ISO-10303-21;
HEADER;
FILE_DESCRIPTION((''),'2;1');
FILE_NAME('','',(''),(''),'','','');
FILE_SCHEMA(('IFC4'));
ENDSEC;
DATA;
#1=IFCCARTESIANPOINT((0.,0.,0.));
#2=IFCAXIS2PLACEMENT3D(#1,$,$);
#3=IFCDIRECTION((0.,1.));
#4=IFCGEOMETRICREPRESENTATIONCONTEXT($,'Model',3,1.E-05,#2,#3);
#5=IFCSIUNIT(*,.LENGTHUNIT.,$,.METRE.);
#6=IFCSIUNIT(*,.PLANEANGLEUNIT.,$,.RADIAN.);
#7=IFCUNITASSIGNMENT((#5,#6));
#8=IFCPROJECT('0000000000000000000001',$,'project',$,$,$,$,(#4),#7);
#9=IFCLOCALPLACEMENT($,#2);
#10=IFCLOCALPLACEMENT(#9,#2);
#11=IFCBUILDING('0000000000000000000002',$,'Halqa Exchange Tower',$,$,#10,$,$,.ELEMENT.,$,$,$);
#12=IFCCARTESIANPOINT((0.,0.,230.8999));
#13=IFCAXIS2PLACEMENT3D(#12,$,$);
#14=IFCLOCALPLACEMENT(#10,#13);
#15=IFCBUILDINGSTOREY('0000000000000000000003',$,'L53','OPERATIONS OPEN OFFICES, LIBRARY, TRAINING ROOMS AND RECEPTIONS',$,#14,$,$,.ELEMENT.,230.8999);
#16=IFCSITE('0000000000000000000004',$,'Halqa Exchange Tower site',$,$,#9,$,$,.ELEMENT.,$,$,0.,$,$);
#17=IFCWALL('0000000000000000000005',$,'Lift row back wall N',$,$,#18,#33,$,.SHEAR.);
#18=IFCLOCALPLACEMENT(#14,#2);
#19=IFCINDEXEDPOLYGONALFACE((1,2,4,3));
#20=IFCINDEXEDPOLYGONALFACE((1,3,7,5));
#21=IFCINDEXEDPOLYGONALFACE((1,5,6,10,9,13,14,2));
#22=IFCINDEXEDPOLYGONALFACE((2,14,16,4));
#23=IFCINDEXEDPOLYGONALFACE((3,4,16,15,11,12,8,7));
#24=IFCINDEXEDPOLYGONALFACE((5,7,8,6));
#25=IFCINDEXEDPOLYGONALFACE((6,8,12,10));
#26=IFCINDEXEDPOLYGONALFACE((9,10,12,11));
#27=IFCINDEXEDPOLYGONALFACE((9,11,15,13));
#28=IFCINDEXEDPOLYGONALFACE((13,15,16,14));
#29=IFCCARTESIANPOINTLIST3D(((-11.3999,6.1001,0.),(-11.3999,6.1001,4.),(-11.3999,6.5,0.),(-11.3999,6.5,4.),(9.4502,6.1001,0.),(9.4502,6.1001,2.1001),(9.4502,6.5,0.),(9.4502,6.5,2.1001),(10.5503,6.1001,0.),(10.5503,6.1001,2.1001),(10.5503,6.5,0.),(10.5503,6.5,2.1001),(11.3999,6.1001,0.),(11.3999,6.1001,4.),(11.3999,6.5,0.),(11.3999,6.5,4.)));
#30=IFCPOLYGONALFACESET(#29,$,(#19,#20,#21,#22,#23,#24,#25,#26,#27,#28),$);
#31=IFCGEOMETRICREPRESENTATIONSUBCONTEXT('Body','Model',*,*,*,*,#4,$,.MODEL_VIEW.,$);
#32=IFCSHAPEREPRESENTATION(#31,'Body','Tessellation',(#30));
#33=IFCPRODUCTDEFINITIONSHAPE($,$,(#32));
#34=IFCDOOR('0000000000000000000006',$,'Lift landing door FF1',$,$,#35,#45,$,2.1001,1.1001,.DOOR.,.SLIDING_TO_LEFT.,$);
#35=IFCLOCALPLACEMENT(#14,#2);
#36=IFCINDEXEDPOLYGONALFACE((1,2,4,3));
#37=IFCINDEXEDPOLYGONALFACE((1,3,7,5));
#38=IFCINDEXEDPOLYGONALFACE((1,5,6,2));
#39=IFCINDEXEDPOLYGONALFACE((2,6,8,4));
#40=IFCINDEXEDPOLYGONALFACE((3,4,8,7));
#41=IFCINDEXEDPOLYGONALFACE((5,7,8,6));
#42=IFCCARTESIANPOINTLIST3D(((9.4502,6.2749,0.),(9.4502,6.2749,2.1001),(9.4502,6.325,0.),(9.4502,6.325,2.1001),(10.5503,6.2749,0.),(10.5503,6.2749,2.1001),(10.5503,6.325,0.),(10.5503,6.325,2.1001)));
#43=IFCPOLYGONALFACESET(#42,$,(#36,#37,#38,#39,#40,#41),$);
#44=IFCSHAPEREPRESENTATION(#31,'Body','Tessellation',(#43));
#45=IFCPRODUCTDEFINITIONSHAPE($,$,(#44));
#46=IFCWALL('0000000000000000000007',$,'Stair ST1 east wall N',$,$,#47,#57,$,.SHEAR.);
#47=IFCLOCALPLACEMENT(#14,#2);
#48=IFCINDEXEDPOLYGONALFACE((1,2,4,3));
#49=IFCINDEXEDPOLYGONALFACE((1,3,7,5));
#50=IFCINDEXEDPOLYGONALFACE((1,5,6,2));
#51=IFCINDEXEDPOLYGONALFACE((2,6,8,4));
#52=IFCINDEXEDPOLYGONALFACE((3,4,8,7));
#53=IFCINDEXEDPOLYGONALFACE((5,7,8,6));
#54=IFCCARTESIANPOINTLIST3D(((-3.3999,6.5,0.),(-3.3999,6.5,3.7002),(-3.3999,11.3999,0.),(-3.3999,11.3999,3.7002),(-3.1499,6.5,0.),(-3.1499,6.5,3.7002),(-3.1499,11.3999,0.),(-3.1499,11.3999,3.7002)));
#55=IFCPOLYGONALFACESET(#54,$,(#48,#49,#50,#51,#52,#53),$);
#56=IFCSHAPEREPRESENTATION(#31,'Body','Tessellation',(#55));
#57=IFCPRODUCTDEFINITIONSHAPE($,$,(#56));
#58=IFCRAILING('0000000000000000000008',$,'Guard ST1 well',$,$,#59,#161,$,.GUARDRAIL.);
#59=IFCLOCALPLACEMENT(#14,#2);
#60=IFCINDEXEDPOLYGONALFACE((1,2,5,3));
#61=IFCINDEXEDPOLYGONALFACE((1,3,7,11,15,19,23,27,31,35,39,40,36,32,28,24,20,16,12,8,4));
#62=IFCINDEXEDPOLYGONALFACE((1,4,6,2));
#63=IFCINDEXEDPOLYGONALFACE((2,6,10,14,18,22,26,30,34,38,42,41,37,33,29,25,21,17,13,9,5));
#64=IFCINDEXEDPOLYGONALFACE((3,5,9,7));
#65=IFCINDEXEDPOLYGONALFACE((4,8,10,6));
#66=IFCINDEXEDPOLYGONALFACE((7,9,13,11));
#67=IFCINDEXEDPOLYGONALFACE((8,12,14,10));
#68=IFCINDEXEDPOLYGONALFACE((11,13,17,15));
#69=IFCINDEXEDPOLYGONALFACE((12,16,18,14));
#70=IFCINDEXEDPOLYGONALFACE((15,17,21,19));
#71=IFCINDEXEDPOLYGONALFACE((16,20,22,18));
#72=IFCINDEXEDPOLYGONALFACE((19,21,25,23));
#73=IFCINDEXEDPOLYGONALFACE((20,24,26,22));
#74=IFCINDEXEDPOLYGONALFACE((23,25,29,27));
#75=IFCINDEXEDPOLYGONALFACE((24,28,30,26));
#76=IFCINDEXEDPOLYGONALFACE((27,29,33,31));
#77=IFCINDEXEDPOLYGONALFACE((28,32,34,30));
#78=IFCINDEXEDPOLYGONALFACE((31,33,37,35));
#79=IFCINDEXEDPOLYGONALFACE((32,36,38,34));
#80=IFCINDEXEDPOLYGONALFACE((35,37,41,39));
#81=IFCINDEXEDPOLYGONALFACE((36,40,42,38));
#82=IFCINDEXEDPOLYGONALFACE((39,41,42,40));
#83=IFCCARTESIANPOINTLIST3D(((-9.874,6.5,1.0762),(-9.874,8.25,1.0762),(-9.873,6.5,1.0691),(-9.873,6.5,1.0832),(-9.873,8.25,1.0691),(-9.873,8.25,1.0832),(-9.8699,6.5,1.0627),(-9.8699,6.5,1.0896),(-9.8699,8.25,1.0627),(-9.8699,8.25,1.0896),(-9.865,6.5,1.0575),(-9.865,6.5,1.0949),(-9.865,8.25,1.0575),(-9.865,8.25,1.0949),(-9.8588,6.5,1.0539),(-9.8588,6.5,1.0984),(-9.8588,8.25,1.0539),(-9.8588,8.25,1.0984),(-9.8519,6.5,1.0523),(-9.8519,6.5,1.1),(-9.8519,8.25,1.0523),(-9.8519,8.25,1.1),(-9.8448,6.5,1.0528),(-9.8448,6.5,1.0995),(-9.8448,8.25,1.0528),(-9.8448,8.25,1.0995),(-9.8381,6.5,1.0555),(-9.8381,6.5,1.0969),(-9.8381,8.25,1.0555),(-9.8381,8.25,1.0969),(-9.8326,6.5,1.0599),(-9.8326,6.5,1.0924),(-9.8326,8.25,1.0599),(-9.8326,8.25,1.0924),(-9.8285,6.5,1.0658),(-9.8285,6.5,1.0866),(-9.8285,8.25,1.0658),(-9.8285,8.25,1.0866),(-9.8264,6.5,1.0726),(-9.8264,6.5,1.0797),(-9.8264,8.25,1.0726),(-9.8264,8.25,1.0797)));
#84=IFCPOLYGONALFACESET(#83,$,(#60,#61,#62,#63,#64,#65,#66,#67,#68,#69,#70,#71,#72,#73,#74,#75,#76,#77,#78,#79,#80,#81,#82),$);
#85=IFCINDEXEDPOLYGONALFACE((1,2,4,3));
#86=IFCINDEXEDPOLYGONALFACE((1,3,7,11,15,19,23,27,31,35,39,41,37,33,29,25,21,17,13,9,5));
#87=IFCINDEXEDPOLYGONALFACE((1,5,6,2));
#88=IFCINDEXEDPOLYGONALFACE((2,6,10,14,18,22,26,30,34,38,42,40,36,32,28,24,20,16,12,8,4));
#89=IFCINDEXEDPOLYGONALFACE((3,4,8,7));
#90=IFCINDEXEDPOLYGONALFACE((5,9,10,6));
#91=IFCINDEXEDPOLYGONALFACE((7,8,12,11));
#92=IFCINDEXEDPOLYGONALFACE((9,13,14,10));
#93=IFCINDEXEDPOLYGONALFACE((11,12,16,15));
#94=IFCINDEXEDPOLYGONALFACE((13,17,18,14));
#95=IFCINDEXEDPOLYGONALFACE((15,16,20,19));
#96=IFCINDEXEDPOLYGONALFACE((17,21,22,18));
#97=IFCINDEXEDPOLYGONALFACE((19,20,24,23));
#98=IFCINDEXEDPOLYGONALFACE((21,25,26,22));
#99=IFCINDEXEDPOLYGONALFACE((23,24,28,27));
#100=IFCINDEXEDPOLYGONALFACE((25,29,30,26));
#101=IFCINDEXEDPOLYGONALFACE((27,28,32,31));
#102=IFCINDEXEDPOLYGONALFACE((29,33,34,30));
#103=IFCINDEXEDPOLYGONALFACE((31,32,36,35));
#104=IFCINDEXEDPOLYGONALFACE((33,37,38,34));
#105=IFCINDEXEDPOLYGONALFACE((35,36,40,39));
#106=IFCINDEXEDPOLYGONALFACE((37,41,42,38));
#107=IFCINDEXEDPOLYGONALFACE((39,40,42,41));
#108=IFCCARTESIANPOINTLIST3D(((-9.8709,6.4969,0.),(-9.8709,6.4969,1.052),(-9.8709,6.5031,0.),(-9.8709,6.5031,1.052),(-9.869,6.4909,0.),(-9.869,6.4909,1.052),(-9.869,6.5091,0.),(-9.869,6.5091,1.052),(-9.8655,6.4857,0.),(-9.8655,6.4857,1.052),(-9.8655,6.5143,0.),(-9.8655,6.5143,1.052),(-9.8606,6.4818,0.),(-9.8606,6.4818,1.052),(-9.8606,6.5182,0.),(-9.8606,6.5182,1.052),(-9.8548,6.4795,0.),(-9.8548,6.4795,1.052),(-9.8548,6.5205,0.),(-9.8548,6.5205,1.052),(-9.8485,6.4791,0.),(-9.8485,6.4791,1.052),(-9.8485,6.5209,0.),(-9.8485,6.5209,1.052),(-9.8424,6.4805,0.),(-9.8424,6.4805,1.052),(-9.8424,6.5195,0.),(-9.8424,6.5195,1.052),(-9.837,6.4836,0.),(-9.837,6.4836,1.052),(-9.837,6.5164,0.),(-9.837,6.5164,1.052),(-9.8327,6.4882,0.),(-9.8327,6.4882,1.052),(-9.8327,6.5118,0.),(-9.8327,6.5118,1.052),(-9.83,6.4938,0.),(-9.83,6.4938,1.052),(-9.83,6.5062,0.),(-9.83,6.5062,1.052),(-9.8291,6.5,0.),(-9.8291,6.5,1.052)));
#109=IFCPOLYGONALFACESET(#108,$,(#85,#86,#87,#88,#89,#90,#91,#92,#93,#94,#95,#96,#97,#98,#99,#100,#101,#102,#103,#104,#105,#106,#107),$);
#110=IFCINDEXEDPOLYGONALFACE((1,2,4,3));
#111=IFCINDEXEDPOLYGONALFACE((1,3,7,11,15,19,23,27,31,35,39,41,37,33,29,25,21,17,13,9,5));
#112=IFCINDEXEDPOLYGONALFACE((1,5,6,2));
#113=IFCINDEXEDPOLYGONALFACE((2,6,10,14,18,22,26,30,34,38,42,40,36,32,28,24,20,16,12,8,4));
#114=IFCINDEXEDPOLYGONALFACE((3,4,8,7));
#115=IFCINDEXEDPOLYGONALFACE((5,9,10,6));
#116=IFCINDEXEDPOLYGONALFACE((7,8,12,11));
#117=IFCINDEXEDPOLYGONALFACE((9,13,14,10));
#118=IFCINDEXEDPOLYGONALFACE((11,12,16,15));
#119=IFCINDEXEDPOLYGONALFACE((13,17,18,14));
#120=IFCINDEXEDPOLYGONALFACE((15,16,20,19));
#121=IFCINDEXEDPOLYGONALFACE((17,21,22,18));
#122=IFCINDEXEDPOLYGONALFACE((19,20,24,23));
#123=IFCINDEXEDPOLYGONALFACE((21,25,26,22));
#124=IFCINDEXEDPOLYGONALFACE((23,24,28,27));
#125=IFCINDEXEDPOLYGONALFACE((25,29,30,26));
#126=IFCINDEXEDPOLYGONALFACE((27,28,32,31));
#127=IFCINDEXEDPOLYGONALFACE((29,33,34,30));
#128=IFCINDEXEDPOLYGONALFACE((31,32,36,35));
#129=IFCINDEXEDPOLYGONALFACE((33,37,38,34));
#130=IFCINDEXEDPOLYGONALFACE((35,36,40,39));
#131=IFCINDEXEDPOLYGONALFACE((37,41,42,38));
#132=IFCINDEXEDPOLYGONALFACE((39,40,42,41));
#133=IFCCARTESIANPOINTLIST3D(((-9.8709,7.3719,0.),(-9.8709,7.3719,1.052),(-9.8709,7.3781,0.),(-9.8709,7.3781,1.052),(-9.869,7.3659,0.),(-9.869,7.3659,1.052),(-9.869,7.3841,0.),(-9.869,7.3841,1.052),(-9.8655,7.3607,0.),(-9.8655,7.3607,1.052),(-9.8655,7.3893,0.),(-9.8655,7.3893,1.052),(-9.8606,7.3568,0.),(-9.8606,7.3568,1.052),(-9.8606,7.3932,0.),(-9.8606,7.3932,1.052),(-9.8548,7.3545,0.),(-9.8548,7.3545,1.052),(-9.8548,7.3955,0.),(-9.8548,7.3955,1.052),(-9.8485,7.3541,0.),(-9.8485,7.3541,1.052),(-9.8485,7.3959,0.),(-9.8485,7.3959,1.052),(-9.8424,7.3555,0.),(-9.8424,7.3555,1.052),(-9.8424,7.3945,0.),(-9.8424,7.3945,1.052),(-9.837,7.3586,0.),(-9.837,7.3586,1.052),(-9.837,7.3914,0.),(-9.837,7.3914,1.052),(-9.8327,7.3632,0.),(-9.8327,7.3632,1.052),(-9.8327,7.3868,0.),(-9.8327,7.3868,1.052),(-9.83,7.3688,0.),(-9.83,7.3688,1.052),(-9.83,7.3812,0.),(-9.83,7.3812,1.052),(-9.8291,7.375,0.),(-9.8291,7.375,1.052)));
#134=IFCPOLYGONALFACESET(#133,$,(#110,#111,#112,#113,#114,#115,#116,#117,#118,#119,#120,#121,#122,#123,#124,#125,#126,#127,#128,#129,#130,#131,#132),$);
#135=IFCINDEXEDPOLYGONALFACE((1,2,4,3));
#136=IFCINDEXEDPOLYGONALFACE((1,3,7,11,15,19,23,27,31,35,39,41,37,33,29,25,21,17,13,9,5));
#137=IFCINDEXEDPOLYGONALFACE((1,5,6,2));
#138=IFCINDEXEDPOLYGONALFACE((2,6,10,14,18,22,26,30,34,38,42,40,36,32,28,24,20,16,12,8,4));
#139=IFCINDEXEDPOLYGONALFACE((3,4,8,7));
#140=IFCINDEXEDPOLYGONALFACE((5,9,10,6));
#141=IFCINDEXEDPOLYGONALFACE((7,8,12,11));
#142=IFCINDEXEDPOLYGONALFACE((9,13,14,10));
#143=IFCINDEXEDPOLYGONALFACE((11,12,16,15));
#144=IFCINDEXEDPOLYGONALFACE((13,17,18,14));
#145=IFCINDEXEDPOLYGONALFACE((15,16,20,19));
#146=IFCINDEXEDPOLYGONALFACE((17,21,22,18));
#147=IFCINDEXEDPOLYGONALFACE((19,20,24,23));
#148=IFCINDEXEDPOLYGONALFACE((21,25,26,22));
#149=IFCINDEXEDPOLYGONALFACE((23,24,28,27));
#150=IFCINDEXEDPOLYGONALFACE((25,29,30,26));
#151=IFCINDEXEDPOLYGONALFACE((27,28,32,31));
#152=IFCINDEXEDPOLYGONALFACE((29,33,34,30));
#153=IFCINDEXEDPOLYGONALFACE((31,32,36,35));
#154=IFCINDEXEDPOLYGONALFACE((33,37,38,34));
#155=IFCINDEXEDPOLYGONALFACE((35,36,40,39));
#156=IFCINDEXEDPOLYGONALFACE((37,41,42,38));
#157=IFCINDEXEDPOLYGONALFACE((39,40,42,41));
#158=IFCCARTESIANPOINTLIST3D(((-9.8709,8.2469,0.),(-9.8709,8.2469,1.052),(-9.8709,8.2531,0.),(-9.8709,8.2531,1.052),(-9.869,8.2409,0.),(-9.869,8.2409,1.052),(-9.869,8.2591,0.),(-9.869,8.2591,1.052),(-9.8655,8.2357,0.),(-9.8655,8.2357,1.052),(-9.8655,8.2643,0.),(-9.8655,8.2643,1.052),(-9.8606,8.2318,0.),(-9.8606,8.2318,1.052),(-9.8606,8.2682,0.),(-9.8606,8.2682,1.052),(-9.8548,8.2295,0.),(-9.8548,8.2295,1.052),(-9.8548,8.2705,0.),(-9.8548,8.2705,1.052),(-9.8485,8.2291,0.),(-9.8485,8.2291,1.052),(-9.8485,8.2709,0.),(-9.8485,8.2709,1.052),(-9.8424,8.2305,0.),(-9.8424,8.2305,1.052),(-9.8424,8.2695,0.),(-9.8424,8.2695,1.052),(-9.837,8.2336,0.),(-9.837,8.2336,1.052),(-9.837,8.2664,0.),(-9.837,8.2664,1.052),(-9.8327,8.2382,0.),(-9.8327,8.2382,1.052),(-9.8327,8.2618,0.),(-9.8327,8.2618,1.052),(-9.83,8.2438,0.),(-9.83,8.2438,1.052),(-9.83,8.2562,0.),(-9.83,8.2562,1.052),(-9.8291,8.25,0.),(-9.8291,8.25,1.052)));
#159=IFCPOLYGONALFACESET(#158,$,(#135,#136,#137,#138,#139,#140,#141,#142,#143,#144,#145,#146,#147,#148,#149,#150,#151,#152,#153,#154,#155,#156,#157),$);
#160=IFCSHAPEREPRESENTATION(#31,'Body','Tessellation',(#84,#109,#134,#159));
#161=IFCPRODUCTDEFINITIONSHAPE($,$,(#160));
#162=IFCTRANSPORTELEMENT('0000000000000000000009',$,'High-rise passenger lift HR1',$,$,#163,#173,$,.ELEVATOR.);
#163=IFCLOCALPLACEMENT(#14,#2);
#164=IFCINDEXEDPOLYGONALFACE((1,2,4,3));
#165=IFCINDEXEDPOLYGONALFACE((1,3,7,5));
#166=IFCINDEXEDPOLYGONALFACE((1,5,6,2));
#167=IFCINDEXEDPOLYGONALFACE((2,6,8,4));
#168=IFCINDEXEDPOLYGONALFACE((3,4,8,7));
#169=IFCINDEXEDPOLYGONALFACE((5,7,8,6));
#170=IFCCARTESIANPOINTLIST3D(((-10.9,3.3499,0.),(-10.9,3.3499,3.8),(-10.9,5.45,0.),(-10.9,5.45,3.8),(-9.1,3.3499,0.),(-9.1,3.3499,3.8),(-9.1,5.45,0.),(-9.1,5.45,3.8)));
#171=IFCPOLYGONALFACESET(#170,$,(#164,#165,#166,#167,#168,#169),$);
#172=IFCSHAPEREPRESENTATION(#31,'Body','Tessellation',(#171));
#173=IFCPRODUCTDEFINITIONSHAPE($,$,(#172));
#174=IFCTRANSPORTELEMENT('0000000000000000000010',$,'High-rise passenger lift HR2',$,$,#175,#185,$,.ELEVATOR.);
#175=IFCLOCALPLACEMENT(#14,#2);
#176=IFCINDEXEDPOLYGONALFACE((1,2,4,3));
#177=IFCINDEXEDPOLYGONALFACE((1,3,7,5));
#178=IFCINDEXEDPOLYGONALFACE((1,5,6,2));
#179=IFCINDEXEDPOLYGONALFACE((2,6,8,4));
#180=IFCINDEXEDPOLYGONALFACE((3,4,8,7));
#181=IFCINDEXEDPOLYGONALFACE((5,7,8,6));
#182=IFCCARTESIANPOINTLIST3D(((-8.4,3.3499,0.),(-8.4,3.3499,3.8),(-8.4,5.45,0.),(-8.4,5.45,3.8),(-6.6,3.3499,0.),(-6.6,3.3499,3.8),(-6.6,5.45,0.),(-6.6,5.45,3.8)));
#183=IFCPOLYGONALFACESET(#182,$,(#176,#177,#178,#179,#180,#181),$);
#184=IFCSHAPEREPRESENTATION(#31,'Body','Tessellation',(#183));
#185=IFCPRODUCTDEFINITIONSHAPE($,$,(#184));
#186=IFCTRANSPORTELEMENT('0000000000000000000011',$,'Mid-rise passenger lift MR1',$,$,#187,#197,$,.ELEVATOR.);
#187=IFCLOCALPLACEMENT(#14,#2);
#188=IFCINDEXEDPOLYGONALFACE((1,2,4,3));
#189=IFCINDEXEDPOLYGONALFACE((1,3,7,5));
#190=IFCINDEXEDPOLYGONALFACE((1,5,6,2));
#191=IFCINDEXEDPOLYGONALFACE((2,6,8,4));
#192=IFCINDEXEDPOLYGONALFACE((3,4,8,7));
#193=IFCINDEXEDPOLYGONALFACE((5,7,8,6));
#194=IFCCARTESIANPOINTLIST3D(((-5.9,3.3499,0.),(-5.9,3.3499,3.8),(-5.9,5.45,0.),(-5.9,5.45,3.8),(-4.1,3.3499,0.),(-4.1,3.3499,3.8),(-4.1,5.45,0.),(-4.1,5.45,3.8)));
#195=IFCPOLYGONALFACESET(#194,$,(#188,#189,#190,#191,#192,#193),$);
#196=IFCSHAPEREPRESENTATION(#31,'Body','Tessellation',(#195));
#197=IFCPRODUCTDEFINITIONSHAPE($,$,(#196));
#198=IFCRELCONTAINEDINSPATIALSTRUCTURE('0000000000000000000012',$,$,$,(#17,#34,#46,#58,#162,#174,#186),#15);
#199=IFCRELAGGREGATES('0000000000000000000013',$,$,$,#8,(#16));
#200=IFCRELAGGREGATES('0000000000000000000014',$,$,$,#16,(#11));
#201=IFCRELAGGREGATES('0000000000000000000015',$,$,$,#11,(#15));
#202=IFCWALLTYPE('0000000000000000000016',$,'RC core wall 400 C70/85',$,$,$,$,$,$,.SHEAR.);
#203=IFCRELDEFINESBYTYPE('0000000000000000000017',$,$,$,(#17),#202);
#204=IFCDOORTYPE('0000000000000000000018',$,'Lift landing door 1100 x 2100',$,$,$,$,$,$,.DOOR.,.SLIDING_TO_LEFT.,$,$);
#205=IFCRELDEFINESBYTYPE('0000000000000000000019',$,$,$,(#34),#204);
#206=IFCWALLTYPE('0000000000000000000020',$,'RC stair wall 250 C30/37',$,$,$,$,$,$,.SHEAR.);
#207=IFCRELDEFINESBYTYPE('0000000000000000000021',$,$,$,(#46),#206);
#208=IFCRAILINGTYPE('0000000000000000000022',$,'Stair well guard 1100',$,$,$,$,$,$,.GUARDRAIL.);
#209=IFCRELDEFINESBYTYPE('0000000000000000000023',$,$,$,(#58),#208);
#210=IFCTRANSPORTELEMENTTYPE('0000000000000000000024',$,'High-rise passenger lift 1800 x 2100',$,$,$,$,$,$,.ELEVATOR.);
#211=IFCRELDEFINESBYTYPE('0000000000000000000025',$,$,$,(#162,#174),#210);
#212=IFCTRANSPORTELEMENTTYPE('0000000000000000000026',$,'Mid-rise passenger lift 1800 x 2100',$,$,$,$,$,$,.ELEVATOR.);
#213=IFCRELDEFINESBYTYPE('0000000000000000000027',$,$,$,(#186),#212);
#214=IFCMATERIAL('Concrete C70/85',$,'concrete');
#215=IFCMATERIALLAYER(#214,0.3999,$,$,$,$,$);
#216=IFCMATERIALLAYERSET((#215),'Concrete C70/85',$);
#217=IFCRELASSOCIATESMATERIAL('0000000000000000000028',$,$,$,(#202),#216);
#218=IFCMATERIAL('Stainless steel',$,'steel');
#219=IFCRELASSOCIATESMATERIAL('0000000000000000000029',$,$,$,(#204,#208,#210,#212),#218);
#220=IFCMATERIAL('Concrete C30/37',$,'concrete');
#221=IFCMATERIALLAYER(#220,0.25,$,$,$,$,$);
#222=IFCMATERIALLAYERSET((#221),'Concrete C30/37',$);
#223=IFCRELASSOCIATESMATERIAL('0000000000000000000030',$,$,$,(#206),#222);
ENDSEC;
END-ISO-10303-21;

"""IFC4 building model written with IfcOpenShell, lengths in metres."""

from ifc_helpers import new_model, si_unit, direction, frame, frame_2d, origin, origin_2d, place, context, subcontext, project, spatial, rectangle, circle, extrude, material, layer, layer_set, type_object, element, fill, save


model = new_model("IFC4")

# Units and contexts
model_context = context("Model", 3, precision=1e-05, world=origin(), true_north=direction((0.0, 1.0)))
body_context = subcontext(model_context, "Body", "Model", "MODEL_VIEW")
ifc_project = project(units=[si_unit("LENGTHUNIT", "METRE"), si_unit("PLANEANGLEUNIT", "RADIAN")], contexts=[model_context])

# Site, building, storey
site_placement = place(None, origin())
site = spatial("IfcSite", under=ifc_project, at=site_placement, Name="Halqa Exchange Tower site", CompositionType="ELEMENT", RefElevation=0.0)
building_placement = place(site_placement, origin())
building = spatial("IfcBuilding", under=site, at=building_placement, Name="Halqa Exchange Tower", CompositionType="ELEMENT")
storey_placement = place(building_placement, frame((0.0, 0.0, 230.8999)))
storey = spatial("IfcBuildingStorey", under=building, at=storey_placement, Name="L53", Description="OPERATIONS OPEN OFFICES, LIBRARY, TRAINING ROOMS AND RECEPTIONS", CompositionType="ELEMENT", Elevation=230.8999)

# Shared definitions
ifc_material_1 = material(Name="Concrete C70/85", Category="concrete")
ifc_layer_1 = layer(ifc_material_1, 0.3999)
ifc_layer_set_1 = layer_set([ifc_layer_1], Name="Concrete C70/85")
wall_type_1 = type_object("IfcWallType", Name="RC core wall 400 C70/85", PredefinedType="SHEAR", material=ifc_layer_set_1)
ifc_material_2 = material(Name="Stainless steel", Category="steel")
door_type_1 = type_object("IfcDoorType", Name="Lift landing door 1100 x 2100", OperationType="SLIDING_TO_LEFT", PredefinedType="DOOR", material=ifc_material_2)

# Wall, opening, door
wall_1_placement = place(storey_placement, frame((-11.3999, 6.3, 0.0), z_axis=(0.0, 0.0, 1.0), x_axis=(1.0, 0.0, 0.0)))
wall_1 = element("IfcWall", 1, at=wall_1_placement, inside=storey, type_object=wall_type_1, Name="Lift row back wall N", PredefinedType="SHEAR", context=body_context, shape_type="SweptSolid", body=[
    extrude(rectangle(XDim=22.7998, YDim=0.3999, at=frame_2d((11.3999, 0.0))), origin(), (0.0, 0.0, 1.0), 4.0),
])
opening_1_placement = place(wall_1_placement, frame((20.8501, 0.0, 0.0)))
opening_1 = element("IfcOpeningElement", 2, at=opening_1_placement, cuts=wall_1, PredefinedType="OPENING", context=body_context, shape_type="SweptSolid", body=[
    extrude(rectangle(XDim=1.1001, YDim=2.1001, at=frame_2d((0.55, 1.05))), frame((0.0, 0.2119, 0.0), z_axis=(0.0, -1.0, 0.0), x_axis=(1.0, 0.0, 0.0)), (0.0, 0.0, 1.0), 0.4238),
])
door_1_placement = place(opening_1_placement, origin())
door_1 = element("IfcDoor", 3, at=door_1_placement, inside=storey, type_object=door_type_1, Name="Lift landing door FF1", OperationType="SLIDING_TO_LEFT", OverallHeight=2.1001, OverallWidth=1.1001, PredefinedType="DOOR", context=body_context, shape_type="SweptSolid", body=[
    extrude(rectangle(XDim=1.1001, YDim=2.1001, at=frame_2d((0.55, 1.05))), frame((0.0, 0.0249, 0.0), z_axis=(0.0, -1.0, 0.0), x_axis=(1.0, 0.0, 0.0)), (0.0, 0.0, 1.0), 0.05),
])
fill(opening_1, door_1)

# Wall
ifc_material_3 = material(Name="Concrete C30/37", Category="concrete")
ifc_layer_2 = layer(ifc_material_3, 0.25)
ifc_layer_set_2 = layer_set([ifc_layer_2], Name="Concrete C30/37")
wall_type_2 = type_object("IfcWallType", Name="RC stair wall 250 C30/37", PredefinedType="SHEAR", material=ifc_layer_set_2)
wall_2_placement = place(storey_placement, frame((-3.2749, 6.5, 0.0), z_axis=(0.0, 0.0, 1.0), x_axis=(0.0, 1.0, 0.0)))
element("IfcWall", 4, at=wall_2_placement, inside=storey, type_object=wall_type_2, Name="Stair ST1 east wall N", PredefinedType="SHEAR", context=body_context, shape_type="SweptSolid", body=[
    extrude(rectangle(XDim=4.8999, YDim=0.25, at=frame_2d((2.45, 0.0))), origin(), (0.0, 0.0, 1.0), 3.7002),
])

# Railing
railing_type = type_object("IfcRailingType", Name="Stair well guard 1100", PredefinedType="GUARDRAIL", material=ifc_material_2)
railing_placement = place(storey_placement, frame((-9.8501, 6.5, 0.0)))
element("IfcRailing", 5, at=railing_placement, inside=storey, type_object=railing_type, Name="Guard ST1 well", PredefinedType="GUARDRAIL", context=body_context, shape_type="SweptSolid", body=[
    extrude(circle(Radius=0.0239, at=origin_2d()), frame((0.0, 0.0, 1.0762), z_axis=(0.0, 1.0, 0.0), x_axis=(-1.0, 0.0, 0.0)), (0.0, 0.0, 1.0), 1.75),
    extrude(circle(Radius=0.021, at=origin_2d()), origin(), (0.0, 0.0, 1.0), 1.052),
    extrude(circle(Radius=0.021, at=origin_2d()), frame((0.0, 0.875, 0.0)), (0.0, 0.0, 1.0), 1.052),
    extrude(circle(Radius=0.021, at=origin_2d()), frame((0.0, 1.75, 0.0)), (0.0, 0.0, 1.0), 1.052),
])

# Transport elements
transport_element_type_1 = type_object("IfcTransportElementType", Name="High-rise passenger lift 1800 x 2100", PredefinedType="ELEVATOR", material=ifc_material_2)
for number, where, z_axis, x_axis, name in (
    (6, (-10.0, 4.3999, 0.0), (0.0, 0.0, 1.0), (1.0, 0.0, 0.0), "High-rise passenger lift HR1"),
    (7, (-7.5, 4.3999, 0.0), (0.0, 0.0, 1.0), (1.0, 0.0, 0.0), "High-rise passenger lift HR2"),
):
    element("IfcTransportElement", number, at=place(storey_placement, frame(where, z_axis=z_axis, x_axis=x_axis)), inside=storey, type_object=transport_element_type_1, Name=name, PredefinedType="ELEVATOR", context=body_context, shape_type="SweptSolid", body=[
        extrude(rectangle(XDim=1.8, YDim=2.1001, at=origin_2d()), origin(), (0.0, 0.0, 1.0), 3.8),
    ])
transport_element_type_2 = type_object("IfcTransportElementType", Name="Mid-rise passenger lift 1800 x 2100", PredefinedType="ELEVATOR", material=ifc_material_2)
for number, where, z_axis, x_axis, name in (
    (8, (-5.0, 4.3999, 0.0), (0.0, 0.0, 1.0), (1.0, 0.0, 0.0), "Mid-rise passenger lift MR1"),
):
    element("IfcTransportElement", number, at=place(storey_placement, frame(where, z_axis=z_axis, x_axis=x_axis)), inside=storey, type_object=transport_element_type_2, Name=name, PredefinedType="ELEVATOR", context=body_context, shape_type="SweptSolid", body=[
        extrude(rectangle(XDim=1.8, YDim=2.1001, at=origin_2d()), origin(), (0.0, 0.0, 1.0), 3.8),
    ])

save(model, "model.ifc")
